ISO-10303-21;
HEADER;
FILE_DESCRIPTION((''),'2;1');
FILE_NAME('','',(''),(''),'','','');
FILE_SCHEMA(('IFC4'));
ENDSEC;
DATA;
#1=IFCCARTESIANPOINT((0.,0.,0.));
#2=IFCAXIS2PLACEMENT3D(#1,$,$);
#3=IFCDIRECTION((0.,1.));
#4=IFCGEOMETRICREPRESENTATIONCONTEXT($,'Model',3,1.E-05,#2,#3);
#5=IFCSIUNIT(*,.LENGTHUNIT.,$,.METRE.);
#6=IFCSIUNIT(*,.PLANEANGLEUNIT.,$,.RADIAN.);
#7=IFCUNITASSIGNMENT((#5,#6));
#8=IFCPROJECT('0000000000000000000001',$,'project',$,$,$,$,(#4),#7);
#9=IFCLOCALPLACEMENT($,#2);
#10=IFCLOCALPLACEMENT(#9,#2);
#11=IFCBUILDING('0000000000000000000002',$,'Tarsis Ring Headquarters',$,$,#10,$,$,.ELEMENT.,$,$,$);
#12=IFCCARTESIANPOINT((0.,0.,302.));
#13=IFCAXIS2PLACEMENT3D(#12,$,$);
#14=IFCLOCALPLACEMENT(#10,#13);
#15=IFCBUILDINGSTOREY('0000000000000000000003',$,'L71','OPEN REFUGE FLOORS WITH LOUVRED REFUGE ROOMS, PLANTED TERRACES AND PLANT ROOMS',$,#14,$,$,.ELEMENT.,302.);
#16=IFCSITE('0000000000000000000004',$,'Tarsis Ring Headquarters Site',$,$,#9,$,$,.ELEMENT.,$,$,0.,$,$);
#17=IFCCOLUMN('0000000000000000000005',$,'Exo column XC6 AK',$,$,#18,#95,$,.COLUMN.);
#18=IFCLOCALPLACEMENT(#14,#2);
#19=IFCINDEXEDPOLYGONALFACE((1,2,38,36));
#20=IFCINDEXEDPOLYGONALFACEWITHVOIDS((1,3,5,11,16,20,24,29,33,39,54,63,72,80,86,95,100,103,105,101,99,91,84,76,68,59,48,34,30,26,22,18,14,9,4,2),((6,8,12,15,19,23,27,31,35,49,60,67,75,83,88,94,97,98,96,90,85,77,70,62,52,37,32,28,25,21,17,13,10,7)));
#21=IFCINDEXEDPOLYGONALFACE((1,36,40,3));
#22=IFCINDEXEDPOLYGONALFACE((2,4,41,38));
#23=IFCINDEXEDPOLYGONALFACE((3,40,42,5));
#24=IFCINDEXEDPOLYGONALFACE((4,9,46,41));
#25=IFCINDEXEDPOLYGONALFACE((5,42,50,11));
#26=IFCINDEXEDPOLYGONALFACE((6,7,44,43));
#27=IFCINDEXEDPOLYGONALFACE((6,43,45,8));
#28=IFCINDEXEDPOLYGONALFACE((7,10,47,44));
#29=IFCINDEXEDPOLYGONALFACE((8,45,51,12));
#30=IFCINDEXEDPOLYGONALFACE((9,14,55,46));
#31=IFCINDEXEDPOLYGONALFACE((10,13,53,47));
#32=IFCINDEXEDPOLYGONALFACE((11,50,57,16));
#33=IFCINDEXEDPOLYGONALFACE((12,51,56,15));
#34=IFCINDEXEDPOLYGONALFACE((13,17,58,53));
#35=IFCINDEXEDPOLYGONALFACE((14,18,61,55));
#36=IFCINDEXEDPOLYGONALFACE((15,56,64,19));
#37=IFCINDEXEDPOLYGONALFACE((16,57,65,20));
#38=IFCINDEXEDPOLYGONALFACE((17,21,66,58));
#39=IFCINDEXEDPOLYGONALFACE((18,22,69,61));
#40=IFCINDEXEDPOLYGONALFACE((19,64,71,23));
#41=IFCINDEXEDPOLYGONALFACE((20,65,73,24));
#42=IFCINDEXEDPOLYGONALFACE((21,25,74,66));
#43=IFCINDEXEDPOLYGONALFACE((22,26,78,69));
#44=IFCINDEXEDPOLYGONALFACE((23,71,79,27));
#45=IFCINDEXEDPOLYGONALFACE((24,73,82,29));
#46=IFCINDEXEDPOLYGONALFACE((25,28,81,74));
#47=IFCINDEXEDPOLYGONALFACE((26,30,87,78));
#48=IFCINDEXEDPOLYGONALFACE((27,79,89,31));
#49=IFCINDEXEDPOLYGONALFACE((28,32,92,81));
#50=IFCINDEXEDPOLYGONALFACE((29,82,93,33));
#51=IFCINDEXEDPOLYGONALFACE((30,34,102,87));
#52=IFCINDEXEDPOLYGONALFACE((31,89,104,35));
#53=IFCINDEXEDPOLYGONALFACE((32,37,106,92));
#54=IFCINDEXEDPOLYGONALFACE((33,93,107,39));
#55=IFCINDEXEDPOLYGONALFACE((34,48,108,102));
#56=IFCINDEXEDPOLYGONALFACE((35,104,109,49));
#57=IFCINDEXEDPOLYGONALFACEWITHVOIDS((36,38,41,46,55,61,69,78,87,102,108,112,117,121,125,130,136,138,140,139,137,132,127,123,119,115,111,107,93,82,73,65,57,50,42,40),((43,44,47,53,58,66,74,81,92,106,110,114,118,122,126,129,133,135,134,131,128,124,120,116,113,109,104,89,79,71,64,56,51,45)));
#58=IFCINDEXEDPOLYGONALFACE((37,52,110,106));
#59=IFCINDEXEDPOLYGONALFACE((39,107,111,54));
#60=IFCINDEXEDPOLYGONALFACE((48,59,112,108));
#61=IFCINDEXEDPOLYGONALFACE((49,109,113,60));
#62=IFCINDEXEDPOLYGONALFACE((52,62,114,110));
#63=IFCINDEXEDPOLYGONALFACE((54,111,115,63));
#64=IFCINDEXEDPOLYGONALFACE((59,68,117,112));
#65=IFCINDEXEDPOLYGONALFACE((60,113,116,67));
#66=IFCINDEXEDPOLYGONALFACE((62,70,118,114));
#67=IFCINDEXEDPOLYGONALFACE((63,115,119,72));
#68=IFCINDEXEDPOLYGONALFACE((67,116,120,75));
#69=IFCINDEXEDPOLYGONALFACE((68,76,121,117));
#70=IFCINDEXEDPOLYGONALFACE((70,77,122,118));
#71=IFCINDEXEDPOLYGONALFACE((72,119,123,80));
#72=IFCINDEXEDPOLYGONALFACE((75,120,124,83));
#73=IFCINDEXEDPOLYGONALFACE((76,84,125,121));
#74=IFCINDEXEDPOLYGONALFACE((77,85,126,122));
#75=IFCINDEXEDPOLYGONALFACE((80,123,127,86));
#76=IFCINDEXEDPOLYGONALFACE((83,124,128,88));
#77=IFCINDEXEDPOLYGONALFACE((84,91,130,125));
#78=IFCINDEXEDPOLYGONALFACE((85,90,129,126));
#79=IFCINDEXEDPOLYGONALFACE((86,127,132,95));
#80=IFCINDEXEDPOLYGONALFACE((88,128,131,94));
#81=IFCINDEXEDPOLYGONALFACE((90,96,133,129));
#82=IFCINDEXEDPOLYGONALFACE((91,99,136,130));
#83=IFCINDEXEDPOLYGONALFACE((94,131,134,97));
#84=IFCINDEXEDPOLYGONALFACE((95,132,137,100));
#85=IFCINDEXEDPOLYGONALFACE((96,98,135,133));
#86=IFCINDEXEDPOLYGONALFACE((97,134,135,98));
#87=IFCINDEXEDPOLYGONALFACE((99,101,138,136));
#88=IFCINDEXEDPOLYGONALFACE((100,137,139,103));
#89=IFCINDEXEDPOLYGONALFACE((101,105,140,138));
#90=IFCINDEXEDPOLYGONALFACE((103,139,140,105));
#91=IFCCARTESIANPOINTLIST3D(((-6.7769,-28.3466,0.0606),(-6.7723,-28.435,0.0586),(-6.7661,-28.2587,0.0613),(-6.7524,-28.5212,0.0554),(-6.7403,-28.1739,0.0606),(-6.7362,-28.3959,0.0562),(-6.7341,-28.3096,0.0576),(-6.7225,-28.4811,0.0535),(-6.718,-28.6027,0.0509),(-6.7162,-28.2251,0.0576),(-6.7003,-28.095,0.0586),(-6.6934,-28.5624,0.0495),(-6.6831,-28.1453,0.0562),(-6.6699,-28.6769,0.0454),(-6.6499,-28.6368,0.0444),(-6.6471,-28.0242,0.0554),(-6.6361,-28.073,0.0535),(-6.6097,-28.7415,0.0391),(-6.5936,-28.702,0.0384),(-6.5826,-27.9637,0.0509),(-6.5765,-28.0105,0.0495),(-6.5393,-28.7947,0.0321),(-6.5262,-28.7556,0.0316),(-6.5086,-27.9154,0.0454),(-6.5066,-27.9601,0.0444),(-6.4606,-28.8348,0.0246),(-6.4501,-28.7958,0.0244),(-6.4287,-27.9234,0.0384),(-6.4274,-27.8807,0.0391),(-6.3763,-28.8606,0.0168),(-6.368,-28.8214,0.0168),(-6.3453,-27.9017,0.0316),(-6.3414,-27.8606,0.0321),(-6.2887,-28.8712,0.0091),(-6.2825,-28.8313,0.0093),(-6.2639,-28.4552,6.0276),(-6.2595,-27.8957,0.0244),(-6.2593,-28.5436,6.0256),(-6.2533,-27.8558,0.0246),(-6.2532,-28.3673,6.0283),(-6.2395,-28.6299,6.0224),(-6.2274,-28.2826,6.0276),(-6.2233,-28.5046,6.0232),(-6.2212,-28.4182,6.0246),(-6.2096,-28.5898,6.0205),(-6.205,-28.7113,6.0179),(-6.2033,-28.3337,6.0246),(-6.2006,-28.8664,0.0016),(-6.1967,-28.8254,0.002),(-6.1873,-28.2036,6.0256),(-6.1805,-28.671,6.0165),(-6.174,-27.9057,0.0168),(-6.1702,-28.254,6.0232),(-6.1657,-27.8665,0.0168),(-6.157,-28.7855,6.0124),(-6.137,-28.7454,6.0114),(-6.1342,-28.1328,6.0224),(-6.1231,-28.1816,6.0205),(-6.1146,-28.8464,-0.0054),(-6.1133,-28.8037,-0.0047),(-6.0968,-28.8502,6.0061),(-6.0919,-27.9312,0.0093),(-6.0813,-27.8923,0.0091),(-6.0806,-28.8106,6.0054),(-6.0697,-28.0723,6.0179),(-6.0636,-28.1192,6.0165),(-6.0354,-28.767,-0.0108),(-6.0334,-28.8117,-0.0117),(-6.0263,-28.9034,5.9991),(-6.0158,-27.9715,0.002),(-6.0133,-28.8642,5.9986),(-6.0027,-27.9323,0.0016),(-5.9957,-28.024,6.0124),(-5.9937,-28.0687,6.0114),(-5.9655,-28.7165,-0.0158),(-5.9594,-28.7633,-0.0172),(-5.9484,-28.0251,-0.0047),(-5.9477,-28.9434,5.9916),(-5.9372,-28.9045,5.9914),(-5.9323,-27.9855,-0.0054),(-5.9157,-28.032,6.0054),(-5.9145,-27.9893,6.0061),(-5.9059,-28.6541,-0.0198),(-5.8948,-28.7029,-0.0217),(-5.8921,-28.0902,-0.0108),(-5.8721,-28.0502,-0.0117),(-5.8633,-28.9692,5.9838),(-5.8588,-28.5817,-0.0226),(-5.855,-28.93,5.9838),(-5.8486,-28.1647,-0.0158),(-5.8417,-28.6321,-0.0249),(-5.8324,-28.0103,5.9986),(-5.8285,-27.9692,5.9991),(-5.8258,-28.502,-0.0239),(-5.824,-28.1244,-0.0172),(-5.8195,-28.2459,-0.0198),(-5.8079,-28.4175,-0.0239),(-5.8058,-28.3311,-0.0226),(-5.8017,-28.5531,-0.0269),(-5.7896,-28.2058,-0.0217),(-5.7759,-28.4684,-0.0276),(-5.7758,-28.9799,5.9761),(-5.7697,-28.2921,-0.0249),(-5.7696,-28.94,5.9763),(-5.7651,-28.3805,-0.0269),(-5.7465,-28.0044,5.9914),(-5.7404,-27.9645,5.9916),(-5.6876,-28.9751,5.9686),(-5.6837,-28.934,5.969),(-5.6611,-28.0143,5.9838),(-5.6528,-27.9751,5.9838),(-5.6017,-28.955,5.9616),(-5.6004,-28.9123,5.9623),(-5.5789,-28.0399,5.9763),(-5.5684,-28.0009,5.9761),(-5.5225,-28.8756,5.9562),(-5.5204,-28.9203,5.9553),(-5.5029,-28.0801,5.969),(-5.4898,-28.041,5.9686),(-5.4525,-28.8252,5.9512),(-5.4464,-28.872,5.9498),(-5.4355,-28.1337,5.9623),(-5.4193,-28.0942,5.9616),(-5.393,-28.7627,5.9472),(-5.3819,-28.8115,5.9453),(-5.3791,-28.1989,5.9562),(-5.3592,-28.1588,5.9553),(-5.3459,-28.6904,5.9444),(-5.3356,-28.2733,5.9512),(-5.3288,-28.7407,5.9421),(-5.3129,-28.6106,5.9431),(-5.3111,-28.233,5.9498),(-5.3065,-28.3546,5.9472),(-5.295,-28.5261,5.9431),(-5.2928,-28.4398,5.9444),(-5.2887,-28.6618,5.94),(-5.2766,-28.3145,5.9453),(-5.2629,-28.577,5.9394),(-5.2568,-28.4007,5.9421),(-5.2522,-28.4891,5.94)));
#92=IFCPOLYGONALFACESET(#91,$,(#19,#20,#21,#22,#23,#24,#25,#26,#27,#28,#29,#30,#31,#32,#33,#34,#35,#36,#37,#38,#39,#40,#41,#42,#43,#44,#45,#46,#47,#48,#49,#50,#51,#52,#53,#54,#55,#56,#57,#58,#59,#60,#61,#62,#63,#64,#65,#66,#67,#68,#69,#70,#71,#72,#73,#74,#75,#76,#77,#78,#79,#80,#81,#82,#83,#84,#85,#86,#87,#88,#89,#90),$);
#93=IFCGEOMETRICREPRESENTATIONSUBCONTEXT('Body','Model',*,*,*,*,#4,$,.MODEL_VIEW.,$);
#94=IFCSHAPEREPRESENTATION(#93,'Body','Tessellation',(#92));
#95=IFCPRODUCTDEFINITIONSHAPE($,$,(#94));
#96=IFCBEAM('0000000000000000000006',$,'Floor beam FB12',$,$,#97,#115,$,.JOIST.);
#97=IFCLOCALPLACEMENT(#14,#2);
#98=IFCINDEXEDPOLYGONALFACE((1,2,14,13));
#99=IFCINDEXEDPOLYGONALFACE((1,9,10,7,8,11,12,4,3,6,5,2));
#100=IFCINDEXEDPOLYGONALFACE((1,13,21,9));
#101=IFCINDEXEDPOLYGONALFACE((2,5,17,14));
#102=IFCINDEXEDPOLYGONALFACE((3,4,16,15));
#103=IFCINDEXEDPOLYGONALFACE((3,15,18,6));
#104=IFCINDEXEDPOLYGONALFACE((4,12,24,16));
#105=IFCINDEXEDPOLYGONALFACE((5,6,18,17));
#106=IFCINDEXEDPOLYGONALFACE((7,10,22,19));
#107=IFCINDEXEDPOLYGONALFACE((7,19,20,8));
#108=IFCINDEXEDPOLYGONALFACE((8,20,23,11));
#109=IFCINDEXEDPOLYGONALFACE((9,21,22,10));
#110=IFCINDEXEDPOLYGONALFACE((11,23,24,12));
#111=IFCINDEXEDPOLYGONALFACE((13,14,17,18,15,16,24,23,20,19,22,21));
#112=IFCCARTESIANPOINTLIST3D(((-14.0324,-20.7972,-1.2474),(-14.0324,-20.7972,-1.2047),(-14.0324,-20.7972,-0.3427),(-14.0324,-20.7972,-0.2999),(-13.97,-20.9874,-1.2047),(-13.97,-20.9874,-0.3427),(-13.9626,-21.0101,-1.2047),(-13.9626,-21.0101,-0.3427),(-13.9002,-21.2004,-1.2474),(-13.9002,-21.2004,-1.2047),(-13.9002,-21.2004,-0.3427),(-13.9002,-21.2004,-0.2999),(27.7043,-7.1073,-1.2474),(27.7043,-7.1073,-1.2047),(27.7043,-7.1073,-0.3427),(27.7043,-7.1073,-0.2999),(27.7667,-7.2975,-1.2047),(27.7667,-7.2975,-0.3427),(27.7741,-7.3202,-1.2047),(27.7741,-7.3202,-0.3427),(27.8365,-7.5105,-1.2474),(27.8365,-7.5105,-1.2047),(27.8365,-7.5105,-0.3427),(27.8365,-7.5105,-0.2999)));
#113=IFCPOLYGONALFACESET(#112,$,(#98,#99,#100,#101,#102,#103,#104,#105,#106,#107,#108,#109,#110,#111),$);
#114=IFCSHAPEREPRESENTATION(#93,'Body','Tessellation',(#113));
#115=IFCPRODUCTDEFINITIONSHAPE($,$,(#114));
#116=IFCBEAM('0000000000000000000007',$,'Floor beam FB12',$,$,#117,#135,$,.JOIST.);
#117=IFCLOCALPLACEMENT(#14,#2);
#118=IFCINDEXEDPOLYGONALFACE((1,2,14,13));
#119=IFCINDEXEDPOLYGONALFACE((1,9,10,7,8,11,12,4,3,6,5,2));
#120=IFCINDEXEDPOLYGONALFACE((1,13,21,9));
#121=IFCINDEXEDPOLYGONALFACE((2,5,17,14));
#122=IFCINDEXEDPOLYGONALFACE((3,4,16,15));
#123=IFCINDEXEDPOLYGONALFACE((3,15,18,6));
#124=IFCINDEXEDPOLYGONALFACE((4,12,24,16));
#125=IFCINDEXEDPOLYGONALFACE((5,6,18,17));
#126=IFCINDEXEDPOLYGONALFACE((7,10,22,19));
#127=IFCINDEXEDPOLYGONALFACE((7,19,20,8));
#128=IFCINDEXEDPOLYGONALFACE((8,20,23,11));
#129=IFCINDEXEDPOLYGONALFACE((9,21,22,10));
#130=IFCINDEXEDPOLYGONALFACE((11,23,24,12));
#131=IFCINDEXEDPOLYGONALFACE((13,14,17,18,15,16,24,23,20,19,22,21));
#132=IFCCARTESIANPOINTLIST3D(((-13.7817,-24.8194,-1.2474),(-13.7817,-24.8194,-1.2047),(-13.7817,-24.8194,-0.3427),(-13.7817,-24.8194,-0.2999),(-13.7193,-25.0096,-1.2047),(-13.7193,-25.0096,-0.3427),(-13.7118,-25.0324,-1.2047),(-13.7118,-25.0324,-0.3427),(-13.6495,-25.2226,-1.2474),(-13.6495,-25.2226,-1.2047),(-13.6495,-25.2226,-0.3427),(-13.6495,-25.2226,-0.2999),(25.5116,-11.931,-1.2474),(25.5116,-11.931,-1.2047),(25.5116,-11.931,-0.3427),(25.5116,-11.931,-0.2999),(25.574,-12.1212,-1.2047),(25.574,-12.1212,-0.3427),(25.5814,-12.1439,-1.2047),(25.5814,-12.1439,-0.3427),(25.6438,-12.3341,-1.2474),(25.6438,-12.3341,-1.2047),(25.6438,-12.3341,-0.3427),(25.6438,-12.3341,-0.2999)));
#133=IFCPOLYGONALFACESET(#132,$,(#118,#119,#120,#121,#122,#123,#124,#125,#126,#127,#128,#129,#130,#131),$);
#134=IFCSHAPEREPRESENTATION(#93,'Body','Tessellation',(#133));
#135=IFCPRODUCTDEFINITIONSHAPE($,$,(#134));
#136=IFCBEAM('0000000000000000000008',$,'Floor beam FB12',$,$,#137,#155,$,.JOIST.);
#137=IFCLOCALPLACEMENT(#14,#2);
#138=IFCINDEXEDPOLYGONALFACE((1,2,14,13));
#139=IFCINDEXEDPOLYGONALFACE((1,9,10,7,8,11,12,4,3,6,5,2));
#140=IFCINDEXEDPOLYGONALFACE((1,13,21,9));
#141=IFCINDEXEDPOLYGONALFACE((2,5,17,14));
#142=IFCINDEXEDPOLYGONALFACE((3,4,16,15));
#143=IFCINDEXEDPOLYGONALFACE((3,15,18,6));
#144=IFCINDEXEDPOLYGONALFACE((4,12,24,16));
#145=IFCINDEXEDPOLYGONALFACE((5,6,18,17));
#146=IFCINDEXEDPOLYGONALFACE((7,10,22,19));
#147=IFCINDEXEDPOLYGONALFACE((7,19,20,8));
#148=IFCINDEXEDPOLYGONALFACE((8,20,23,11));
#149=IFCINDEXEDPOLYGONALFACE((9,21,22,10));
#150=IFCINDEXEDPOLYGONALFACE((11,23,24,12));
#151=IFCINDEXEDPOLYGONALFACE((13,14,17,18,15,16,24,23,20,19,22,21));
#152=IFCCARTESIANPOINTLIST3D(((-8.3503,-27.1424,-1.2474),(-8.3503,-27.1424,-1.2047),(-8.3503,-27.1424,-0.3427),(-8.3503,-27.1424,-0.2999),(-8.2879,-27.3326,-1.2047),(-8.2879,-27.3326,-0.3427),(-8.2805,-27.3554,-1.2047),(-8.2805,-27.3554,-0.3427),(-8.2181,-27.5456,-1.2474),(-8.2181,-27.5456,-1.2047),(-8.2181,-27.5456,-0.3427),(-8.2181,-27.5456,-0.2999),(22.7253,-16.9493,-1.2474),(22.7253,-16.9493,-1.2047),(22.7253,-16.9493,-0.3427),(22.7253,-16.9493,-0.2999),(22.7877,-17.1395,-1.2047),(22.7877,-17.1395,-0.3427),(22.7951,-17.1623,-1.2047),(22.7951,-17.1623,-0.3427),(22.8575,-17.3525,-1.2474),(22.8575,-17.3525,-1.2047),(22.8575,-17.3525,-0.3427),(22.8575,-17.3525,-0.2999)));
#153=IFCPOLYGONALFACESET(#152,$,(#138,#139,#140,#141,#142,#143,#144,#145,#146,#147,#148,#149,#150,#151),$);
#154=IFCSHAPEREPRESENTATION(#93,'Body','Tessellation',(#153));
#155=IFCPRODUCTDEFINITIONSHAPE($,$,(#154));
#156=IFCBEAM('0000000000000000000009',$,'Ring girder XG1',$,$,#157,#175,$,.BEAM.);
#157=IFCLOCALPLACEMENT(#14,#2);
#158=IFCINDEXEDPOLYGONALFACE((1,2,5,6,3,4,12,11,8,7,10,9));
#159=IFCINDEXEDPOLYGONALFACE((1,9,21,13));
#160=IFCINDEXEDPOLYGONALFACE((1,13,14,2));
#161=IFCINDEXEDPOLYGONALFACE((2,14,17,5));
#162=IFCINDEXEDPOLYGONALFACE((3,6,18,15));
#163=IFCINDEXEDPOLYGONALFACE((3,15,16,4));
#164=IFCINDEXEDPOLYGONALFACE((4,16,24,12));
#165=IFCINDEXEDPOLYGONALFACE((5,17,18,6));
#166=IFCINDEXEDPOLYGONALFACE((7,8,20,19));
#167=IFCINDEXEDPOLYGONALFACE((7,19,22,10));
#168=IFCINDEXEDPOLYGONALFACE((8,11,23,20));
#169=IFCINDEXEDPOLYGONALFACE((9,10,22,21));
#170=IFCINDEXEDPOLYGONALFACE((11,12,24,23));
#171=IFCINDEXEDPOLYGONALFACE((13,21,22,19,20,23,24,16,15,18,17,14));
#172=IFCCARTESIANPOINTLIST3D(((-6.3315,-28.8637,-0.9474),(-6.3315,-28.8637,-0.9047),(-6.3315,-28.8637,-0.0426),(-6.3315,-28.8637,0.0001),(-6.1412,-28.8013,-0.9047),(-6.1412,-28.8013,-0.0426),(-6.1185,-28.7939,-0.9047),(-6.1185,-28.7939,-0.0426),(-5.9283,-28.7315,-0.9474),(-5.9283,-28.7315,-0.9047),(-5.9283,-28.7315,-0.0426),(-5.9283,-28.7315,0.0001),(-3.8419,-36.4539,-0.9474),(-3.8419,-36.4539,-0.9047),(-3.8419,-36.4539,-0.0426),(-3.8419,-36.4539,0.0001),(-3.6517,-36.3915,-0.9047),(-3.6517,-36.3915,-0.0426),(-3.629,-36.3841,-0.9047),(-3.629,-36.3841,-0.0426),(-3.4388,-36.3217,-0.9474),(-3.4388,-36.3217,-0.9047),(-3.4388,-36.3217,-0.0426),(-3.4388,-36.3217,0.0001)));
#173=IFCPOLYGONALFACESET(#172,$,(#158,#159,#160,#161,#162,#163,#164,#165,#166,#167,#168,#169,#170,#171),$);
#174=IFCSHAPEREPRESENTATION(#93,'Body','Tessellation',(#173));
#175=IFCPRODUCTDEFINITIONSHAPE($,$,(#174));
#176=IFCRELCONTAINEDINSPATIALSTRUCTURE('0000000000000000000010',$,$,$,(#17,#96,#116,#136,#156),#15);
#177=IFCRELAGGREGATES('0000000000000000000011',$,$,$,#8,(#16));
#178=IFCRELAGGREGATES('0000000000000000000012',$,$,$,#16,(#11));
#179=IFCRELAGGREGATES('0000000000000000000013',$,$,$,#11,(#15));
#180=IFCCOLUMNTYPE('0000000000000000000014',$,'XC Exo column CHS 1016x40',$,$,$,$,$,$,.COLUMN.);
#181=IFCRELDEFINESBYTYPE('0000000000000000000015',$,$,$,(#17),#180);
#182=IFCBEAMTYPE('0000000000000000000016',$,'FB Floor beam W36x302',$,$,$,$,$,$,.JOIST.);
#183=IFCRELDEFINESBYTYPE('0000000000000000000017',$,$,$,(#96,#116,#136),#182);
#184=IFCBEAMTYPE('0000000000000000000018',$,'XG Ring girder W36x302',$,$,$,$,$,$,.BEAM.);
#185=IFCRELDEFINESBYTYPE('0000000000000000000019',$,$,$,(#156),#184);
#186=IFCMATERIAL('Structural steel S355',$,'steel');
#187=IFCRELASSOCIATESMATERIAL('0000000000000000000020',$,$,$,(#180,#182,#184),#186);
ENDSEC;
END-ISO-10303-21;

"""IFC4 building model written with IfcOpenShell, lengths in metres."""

from ifc_helpers import new_model, si_unit, direction, frame, origin, origin_2d, place, context, subcontext, project, spatial, hollow_circle, i_section, extrude, material, material_profile, profile_set, type_object, element, save


model = new_model("IFC4")

# Units and contexts
model_context = context("Model", 3, precision=1e-05, world=origin(), true_north=direction((0.0, 1.0)))
body_context = subcontext(model_context, "Body", "Model", "MODEL_VIEW")
ifc_project = project(units=[si_unit("LENGTHUNIT", "METRE"), si_unit("PLANEANGLEUNIT", "RADIAN")], contexts=[model_context])

# Site, building, storey
site_placement = place(None, origin())
site = spatial("IfcSite", under=ifc_project, at=site_placement, Name="Tarsis Ring Headquarters Site", CompositionType="ELEMENT", RefElevation=0.0)
building_placement = place(site_placement, origin())
building = spatial("IfcBuilding", under=site, at=building_placement, Name="Tarsis Ring Headquarters", CompositionType="ELEMENT")
storey_placement = place(building_placement, frame((0.0, 0.0, 302.0)))
storey = spatial("IfcBuildingStorey", under=building, at=storey_placement, Name="L71", Description="OPEN REFUGE FLOORS WITH LOUVRED REFUGE ROOMS, PLANTED TERRACES AND PLANT ROOMS", CompositionType="ELEMENT", Elevation=302.0)

# Column
ifc_material_1 = material(Name="Structural steel S355", Category="steel")
ifc_material_profile_1 = material_profile(ifc_material_1, hollow_circle(Radius=0.5081, WallThickness=0.04, at=origin_2d()), Name="CHS 1016x40")
ifc_profile_set_1 = profile_set([ifc_material_profile_1], Name="Structural steel S355")
column_type = type_object("IfcColumnType", Name="XC Exo column CHS 1016x40", PredefinedType="COLUMN", material=ifc_profile_set_1)
column_placement = place(storey_placement, frame((-6.271, -28.3635, 0.0168), z_axis=(0.085632, -0.018137, 0.996162), x_axis=(0.207207, 0.978297, 0.0)))
element("IfcColumn", 1, at=column_placement, inside=storey, type_object=column_type, Name="Exo column XC6 AK", PredefinedType="COLUMN", context=body_context, shape_type="SweptSolid", body=[
    extrude(hollow_circle(Radius=0.5081, WallThickness=0.04, at=origin_2d()), origin(), (0.0, 0.0, 1.0), 5.99),
])

# Beams
ifc_material_profile_2 = material_profile(ifc_material_1, i_section(OverallWidth=0.4243, OverallDepth=0.9475, WebThickness=0.0239, FlangeThickness=0.0427, at=origin_2d()), Name="W36x302")
ifc_profile_set_2 = profile_set([ifc_material_profile_2], Name="Structural steel S355")
beam_type_1 = type_object("IfcBeamType", Name="FB Floor beam W36x302", PredefinedType="JOIST", material=ifc_profile_set_2)
beam_1_placement = place(storey_placement, frame((-13.9663, -20.9988, -0.7737), z_axis=(0.950191, 0.311669, 0.0), x_axis=(-0.311669, 0.950191, 0.0)))
element("IfcBeam", 2, at=beam_1_placement, inside=storey, type_object=beam_type_1, Name="Floor beam FB12", PredefinedType="JOIST", context=body_context, shape_type="SweptSolid", body=[
    extrude(i_section(OverallWidth=0.4243, OverallDepth=0.9475, WebThickness=0.0239, FlangeThickness=0.0427, at=origin_2d()), origin(), (0.0, 0.0, 1.0), 43.9246),
])
beam_2_placement = place(storey_placement, frame((-13.7156, -25.021, -0.7737), z_axis=(0.950191, 0.311669, 0.0), x_axis=(-0.311669, 0.950191, 0.0)))
element("IfcBeam", 3, at=beam_2_placement, inside=storey, type_object=beam_type_1, Name="Floor beam FB12", PredefinedType="JOIST", context=body_context, shape_type="SweptSolid", body=[
    extrude(i_section(OverallWidth=0.4243, OverallDepth=0.9475, WebThickness=0.0239, FlangeThickness=0.0427, at=origin_2d()), origin(), (0.0, 0.0, 1.0), 41.353),
])
beam_3_placement = place(storey_placement, frame((-8.2842, -27.344, -0.7737), z_axis=(0.95019, 0.311671, 0.0), x_axis=(-0.311671, 0.95019, 0.0)))
element("IfcBeam", 4, at=beam_3_placement, inside=storey, type_object=beam_type_1, Name="Floor beam FB12", PredefinedType="JOIST", context=body_context, shape_type="SweptSolid", body=[
    extrude(i_section(OverallWidth=0.4243, OverallDepth=0.9475, WebThickness=0.0239, FlangeThickness=0.0427, at=origin_2d()), origin(), (0.0, 0.0, 1.0), 32.7046),
])
beam_type_2 = type_object("IfcBeamType", Name="XG Ring girder W36x302", PredefinedType="BEAM", material=ifc_profile_set_2)
beam_4_placement = place(storey_placement, frame((-6.1299, -28.7976, -0.4736), z_axis=(0.311658, -0.950194, 0.0), x_axis=(0.950194, 0.311658, 0.0)))
element("IfcBeam", 5, at=beam_4_placement, inside=storey, type_object=beam_type_2, Name="Ring girder XG1", PredefinedType="BEAM", context=body_context, shape_type="SweptSolid", body=[
    extrude(i_section(OverallWidth=0.4243, OverallDepth=0.9475, WebThickness=0.0239, FlangeThickness=0.0427, at=origin_2d()), origin(), (0.0, 0.0, 1.0), 7.988),
])

save(model, "model.ifc")
